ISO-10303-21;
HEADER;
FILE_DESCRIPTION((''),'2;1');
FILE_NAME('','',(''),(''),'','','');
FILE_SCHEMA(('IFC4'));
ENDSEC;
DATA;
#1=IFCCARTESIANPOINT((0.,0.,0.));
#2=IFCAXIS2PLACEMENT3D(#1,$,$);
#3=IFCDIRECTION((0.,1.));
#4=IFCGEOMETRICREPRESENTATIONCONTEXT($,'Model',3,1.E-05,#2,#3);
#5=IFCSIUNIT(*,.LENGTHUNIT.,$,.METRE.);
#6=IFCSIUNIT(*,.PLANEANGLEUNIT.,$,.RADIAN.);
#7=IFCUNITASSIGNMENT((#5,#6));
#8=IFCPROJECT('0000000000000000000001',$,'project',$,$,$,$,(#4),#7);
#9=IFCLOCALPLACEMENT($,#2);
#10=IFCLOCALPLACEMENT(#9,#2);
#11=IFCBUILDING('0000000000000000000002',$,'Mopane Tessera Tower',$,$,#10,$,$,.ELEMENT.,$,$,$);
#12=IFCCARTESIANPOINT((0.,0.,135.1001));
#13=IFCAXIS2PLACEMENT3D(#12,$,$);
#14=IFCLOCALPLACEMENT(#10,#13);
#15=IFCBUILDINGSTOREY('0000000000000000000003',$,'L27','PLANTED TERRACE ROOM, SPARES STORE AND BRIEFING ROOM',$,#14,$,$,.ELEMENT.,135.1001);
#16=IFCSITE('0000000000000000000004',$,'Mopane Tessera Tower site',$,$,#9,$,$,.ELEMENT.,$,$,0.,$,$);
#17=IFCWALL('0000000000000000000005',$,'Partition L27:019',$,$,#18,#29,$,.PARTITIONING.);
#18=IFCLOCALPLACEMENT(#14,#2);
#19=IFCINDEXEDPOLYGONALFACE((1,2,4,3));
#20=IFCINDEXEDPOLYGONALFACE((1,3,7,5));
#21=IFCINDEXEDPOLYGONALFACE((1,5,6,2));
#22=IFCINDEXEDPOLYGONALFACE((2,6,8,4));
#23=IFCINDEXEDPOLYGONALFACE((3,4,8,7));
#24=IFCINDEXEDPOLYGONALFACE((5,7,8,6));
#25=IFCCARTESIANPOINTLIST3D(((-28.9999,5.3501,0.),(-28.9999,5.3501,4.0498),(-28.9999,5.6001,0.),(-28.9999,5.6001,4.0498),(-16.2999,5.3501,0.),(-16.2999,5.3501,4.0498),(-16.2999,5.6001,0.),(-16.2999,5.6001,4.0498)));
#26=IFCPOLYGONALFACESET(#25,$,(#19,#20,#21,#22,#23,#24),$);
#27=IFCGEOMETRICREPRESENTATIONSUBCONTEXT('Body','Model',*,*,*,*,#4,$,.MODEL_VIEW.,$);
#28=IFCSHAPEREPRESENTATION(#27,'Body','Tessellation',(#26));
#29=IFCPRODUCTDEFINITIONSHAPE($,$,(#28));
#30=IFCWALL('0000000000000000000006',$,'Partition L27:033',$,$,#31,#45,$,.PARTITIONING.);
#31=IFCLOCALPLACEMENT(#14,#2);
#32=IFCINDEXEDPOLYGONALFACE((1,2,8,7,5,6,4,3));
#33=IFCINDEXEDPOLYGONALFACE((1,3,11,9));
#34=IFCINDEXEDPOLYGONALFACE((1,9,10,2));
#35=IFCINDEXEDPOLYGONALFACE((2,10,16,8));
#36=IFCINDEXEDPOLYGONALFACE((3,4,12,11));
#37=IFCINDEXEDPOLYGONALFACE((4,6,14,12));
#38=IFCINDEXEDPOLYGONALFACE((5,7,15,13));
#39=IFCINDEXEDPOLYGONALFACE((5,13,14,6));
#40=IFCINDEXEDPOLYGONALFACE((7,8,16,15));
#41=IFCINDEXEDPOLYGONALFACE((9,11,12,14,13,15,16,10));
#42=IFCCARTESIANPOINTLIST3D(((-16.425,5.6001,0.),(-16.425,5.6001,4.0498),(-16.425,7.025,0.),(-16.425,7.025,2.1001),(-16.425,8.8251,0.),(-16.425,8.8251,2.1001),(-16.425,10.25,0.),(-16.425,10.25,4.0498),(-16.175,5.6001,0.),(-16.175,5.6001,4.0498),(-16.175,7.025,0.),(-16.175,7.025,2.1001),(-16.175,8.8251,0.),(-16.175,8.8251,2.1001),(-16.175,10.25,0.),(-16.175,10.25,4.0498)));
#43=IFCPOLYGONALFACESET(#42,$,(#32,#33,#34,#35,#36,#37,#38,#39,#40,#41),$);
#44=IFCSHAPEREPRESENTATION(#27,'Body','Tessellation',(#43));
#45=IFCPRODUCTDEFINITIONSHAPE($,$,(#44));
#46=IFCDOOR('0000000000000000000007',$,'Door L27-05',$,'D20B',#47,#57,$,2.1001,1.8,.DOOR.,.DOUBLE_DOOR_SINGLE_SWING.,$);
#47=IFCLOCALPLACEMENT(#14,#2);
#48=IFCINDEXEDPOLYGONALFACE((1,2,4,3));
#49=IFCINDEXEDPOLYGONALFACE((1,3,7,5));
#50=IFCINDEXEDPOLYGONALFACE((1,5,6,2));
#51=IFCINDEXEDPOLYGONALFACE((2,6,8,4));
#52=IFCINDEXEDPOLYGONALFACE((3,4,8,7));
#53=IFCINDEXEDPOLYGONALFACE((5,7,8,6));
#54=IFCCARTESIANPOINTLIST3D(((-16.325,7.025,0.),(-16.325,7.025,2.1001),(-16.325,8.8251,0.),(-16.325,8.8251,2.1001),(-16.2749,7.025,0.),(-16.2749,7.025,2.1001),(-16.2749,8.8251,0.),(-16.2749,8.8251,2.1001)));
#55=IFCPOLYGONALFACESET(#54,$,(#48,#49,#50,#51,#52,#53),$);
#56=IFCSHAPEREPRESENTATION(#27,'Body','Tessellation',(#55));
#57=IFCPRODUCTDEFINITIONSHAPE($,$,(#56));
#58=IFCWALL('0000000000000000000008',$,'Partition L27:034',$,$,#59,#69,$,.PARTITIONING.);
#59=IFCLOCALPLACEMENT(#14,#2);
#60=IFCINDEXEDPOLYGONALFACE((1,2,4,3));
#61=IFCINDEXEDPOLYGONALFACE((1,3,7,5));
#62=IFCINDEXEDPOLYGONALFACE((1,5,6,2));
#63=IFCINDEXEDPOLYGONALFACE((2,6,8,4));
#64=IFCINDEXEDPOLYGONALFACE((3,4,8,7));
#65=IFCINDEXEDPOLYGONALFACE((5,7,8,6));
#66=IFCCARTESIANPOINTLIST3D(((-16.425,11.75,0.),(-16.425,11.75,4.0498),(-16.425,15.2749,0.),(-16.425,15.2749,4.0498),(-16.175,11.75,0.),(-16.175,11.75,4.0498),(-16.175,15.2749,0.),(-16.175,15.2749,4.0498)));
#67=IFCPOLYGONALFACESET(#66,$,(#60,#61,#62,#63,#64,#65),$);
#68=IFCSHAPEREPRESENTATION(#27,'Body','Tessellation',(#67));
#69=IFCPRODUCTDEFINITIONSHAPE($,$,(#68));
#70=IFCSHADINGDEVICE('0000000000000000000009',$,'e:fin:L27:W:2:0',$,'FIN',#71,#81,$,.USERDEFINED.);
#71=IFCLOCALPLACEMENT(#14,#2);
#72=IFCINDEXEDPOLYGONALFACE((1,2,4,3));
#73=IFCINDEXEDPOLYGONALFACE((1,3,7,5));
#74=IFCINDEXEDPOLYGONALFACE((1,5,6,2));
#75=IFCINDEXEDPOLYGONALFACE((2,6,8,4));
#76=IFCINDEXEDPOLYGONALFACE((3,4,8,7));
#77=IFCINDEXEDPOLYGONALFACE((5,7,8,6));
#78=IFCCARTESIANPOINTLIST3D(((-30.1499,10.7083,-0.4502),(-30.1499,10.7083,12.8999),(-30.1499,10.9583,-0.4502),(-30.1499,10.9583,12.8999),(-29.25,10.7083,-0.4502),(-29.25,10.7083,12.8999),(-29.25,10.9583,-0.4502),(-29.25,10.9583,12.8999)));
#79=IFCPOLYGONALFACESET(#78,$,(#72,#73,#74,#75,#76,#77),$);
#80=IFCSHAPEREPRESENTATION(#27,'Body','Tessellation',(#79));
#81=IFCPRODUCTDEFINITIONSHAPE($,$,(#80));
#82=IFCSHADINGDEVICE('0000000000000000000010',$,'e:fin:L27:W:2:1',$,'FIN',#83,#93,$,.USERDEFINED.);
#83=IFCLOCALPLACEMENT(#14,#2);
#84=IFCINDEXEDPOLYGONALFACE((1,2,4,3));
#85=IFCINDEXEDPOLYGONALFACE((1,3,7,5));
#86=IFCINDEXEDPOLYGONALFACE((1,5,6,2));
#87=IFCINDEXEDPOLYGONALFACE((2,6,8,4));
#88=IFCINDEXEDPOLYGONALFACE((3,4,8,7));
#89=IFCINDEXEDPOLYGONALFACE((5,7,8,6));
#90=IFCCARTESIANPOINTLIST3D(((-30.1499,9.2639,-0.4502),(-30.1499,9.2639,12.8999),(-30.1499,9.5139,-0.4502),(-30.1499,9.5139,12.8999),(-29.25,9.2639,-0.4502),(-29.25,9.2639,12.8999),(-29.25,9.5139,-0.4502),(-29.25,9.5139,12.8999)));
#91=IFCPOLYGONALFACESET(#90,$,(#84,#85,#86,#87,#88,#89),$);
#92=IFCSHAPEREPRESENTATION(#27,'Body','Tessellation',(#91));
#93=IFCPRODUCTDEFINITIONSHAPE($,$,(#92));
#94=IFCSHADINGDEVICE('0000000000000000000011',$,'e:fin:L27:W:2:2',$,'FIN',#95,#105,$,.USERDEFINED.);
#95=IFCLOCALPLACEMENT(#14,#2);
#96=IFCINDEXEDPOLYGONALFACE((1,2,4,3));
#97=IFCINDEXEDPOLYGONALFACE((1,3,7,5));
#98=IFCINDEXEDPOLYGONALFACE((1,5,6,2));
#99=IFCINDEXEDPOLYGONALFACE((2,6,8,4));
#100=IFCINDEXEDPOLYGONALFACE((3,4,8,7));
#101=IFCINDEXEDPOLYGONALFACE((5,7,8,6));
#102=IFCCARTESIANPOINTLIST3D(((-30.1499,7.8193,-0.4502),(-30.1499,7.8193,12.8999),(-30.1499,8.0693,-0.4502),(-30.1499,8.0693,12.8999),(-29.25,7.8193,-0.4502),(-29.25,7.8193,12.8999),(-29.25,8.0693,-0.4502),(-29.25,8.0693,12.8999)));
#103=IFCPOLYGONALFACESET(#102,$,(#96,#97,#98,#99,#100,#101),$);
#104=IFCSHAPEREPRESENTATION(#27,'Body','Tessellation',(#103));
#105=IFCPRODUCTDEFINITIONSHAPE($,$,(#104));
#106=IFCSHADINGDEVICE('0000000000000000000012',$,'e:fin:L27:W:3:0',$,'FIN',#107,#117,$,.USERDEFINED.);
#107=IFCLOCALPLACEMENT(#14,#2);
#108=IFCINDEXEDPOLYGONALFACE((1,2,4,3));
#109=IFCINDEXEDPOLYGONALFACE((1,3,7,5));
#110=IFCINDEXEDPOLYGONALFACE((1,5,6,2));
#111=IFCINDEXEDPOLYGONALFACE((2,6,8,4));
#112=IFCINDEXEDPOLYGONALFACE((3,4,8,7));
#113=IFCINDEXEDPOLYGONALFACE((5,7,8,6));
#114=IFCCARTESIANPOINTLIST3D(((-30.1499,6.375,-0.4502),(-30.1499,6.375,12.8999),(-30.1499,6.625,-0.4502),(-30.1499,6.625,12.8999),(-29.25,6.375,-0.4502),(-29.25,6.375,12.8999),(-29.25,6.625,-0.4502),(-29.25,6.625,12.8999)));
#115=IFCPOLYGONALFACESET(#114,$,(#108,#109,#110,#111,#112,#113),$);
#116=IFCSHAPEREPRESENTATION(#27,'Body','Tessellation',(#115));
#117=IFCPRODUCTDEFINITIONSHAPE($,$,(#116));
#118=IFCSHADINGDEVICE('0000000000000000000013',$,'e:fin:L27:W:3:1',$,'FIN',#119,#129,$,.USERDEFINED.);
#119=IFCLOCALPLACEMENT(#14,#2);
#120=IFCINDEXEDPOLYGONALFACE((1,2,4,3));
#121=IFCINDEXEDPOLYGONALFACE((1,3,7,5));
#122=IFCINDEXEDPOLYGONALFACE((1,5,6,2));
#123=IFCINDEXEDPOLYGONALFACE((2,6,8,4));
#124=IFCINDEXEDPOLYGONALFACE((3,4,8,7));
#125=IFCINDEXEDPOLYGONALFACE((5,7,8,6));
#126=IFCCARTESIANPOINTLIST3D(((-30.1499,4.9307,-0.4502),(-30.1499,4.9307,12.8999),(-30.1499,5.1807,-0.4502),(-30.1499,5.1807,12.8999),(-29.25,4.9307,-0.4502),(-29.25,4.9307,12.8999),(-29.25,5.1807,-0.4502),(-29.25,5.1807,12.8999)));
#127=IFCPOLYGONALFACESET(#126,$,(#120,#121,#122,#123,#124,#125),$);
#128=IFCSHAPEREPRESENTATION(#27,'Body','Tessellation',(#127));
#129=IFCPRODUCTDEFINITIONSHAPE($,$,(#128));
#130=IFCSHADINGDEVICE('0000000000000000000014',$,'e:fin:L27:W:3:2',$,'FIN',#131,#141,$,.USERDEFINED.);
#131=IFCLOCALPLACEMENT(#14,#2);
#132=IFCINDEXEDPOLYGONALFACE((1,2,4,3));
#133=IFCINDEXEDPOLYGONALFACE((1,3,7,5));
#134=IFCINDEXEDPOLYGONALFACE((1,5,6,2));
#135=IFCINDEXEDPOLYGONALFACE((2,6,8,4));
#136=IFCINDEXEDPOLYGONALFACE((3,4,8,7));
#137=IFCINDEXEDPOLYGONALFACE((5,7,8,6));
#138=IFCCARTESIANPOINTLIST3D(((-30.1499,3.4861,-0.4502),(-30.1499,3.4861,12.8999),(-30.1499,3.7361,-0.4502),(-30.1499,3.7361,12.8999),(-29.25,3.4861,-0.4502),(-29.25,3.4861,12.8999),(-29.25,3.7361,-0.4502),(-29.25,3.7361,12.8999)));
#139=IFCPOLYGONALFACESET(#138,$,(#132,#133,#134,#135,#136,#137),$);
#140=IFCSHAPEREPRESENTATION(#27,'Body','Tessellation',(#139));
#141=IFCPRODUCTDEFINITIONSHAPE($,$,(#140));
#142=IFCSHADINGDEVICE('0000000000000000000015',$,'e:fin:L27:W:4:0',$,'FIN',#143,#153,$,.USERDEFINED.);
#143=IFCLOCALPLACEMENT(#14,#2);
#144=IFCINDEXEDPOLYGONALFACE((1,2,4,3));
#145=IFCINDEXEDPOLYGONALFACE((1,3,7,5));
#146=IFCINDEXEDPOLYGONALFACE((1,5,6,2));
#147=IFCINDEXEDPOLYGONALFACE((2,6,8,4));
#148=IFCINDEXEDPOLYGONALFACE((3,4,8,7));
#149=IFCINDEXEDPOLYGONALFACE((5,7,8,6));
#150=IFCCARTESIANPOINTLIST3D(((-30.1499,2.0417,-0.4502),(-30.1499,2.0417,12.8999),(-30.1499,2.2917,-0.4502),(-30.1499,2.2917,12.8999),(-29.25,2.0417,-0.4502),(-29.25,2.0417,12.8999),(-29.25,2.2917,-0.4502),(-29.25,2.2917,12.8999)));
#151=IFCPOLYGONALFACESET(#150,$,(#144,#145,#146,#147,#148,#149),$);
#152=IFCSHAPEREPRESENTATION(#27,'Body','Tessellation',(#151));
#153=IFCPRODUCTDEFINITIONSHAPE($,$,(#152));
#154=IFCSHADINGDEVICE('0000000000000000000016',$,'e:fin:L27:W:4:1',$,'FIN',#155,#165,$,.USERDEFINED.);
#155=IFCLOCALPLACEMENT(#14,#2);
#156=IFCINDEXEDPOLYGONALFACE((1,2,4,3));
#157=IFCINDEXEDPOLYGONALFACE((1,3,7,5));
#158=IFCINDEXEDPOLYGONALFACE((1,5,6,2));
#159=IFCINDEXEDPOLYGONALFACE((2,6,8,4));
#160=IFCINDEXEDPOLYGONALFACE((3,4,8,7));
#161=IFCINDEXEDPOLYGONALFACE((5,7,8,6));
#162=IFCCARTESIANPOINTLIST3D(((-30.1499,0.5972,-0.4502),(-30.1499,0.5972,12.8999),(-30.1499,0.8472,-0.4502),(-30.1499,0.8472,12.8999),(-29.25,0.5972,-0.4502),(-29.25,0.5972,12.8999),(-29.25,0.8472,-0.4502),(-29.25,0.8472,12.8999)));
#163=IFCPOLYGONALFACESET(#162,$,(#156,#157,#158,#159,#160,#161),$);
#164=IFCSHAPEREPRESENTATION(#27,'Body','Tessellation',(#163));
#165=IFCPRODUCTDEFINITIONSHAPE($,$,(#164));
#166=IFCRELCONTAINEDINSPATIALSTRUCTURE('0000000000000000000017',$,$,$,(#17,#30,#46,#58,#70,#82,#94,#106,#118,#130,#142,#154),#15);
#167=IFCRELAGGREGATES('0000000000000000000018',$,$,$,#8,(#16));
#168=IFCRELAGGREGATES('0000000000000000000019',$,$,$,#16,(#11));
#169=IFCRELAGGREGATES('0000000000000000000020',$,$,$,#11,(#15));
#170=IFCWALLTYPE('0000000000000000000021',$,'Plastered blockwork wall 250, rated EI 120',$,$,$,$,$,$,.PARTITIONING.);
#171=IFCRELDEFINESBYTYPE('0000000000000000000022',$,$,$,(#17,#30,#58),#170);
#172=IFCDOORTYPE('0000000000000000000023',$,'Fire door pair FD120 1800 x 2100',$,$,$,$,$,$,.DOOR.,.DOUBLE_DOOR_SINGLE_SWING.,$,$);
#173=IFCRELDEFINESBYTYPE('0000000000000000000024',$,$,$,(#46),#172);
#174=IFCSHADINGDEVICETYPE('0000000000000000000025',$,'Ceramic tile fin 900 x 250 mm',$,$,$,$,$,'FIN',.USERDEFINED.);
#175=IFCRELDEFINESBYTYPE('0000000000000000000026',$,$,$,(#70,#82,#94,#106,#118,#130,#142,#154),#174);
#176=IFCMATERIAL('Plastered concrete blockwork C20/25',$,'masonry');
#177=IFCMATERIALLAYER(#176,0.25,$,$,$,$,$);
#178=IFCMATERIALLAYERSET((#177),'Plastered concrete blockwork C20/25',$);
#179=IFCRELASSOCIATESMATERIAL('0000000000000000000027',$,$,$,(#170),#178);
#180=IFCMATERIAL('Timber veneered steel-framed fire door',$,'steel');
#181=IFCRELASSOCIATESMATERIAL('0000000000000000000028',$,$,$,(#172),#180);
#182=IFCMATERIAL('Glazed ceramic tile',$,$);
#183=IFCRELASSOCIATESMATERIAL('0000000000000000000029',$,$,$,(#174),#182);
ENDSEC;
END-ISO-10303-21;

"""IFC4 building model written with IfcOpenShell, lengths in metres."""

from ifc_helpers import new_model, si_unit, direction, frame, frame_2d, origin, origin_2d, place, context, subcontext, project, spatial, rectangle, extrude, material, layer, layer_set, type_object, element, fill, save


model = new_model("IFC4")

# Units and contexts
model_context = context("Model", 3, precision=1e-05, world=origin(), true_north=direction((0.0, 1.0)))
body_context = subcontext(model_context, "Body", "Model", "MODEL_VIEW")
ifc_project = project(units=[si_unit("LENGTHUNIT", "METRE"), si_unit("PLANEANGLEUNIT", "RADIAN")], contexts=[model_context])

# Site, building, storey
site_placement = place(None, origin())
site = spatial("IfcSite", under=ifc_project, at=site_placement, Name="Mopane Tessera Tower site", CompositionType="ELEMENT", RefElevation=0.0)
building_placement = place(site_placement, origin())
building = spatial("IfcBuilding", under=site, at=building_placement, Name="Mopane Tessera Tower", CompositionType="ELEMENT")
storey_placement = place(building_placement, frame((0.0, 0.0, 135.1001)))
storey = spatial("IfcBuildingStorey", under=building, at=storey_placement, Name="L27", Description="PLANTED TERRACE ROOM, SPARES STORE AND BRIEFING ROOM", CompositionType="ELEMENT", Elevation=135.1001)

# Wall
ifc_material_1 = material(Name="Plastered concrete blockwork C20/25", Category="masonry")
ifc_layer_1 = layer(ifc_material_1, 0.25)
ifc_layer_set_1 = layer_set([ifc_layer_1], Name="Plastered concrete blockwork C20/25")
wall_type_1 = type_object("IfcWallType", Name="Plastered blockwork wall 250, rated EI 120", PredefinedType="PARTITIONING", material=ifc_layer_set_1)
wall_1_placement = place(storey_placement, frame((-29.0, 5.4751, 0.0), z_axis=(0.0, 0.0, 1.0), x_axis=(1.0, 0.0, 0.0)))
element("IfcWall", 1, at=wall_1_placement, inside=storey, type_object=wall_type_1, Name="Partition L27:019", PredefinedType="PARTITIONING", context=body_context, shape_type="SweptSolid", body=[
    extrude(rectangle(XDim=12.7, YDim=0.25, at=frame_2d((6.3501, 0.0))), origin(), (0.0, 0.0, 1.0), 4.0498),
])

# Wall, opening, door
wall_2_placement = place(storey_placement, frame((-16.3, 5.6001, 0.0), z_axis=(0.0, 0.0, 1.0), x_axis=(0.0, 1.0, 0.0)))
wall_2 = element("IfcWall", 2, at=wall_2_placement, inside=storey, type_object=wall_type_1, Name="Partition L27:033", PredefinedType="PARTITIONING", context=body_context, shape_type="SweptSolid", body=[
    extrude(rectangle(XDim=4.6499, YDim=0.25, at=frame_2d((2.325, 0.0))), origin(), (0.0, 0.0, 1.0), 4.0498),
])
opening_1_placement = place(wall_2_placement, frame((1.425, 0.0, 0.0)))
opening_1 = element("IfcOpeningElement", 3, at=opening_1_placement, cuts=wall_2, PredefinedType="OPENING", context=body_context, shape_type="SweptSolid", body=[
    extrude(rectangle(XDim=1.8, YDim=2.1001, at=frame_2d((0.8999, 1.05))), frame((0.0, 0.137, 0.0), z_axis=(0.0, -1.0, 0.0), x_axis=(1.0, 0.0, 0.0)), (0.0, 0.0, 1.0), 0.2739),
])
ifc_material_2 = material(Name="Timber veneered steel-framed fire door", Category="steel")
door_type_1 = type_object("IfcDoorType", Name="Fire door pair FD120 1800 x 2100", OperationType="DOUBLE_DOOR_SINGLE_SWING", PredefinedType="DOOR", material=ifc_material_2)
door_1_placement = place(opening_1_placement, origin())
door_1 = element("IfcDoor", 4, at=door_1_placement, inside=storey, type_object=door_type_1, Name="Door L27-05", ObjectType="D20B", OperationType="DOUBLE_DOOR_SINGLE_SWING", OverallHeight=2.1001, OverallWidth=1.8, PredefinedType="DOOR", context=body_context, shape_type="SweptSolid", body=[
    extrude(rectangle(XDim=1.8, YDim=2.1001, at=frame_2d((0.8999, 1.05))), frame((0.0, 0.0249, 0.0), z_axis=(0.0, -1.0, 0.0), x_axis=(1.0, 0.0, 0.0)), (0.0, 0.0, 1.0), 0.05),
])
fill(opening_1, door_1)

# Wall
wall_3_placement = place(storey_placement, frame((-16.3, 11.75, 0.0), z_axis=(0.0, 0.0, 1.0), x_axis=(0.0, 1.0, 0.0)))
element("IfcWall", 5, at=wall_3_placement, inside=storey, type_object=wall_type_1, Name="Partition L27:034", PredefinedType="PARTITIONING", context=body_context, shape_type="SweptSolid", body=[
    extrude(rectangle(XDim=3.5249, YDim=0.25, at=frame_2d((1.7625, 0.0))), origin(), (0.0, 0.0, 1.0), 4.0498),
])

# Shading devices
ifc_material_3 = material(Name="Glazed ceramic tile")
shading_device_type = type_object("IfcShadingDeviceType", Name="Ceramic tile fin 900 x 250 mm", ElementType="FIN", PredefinedType="USERDEFINED", material=ifc_material_3)
for number, where, z_axis, x_axis, name in (
    (6, (-29.7, 10.8333, -0.4502), (0.0, 0.0, 1.0), (0.0, -1.0, 0.0), "e:fin:L27:W:2:0"),
    (7, (-29.7, 9.3889, -0.4502), (0.0, 0.0, 1.0), (0.0, -1.0, 0.0), "e:fin:L27:W:2:1"),
    (8, (-29.7, 7.9443, -0.4502), (0.0, 0.0, 1.0), (0.0, -1.0, 0.0), "e:fin:L27:W:2:2"),
    (9, (-29.7, 6.5, -0.4502), (0.0, 0.0, 1.0), (0.0, -1.0, 0.0), "e:fin:L27:W:3:0"),
    (10, (-29.7, 5.0557, -0.4502), (0.0, 0.0, 1.0), (0.0, -1.0, 0.0), "e:fin:L27:W:3:1"),
    (11, (-29.7, 3.6111, -0.4502), (0.0, 0.0, 1.0), (0.0, -1.0, 0.0), "e:fin:L27:W:3:2"),
    (12, (-29.7, 2.1667, -0.4502), (0.0, 0.0, 1.0), (0.0, -1.0, 0.0), "e:fin:L27:W:4:0"),
    (13, (-29.7, 0.7222, -0.4502), (0.0, 0.0, 1.0), (0.0, -1.0, 0.0), "e:fin:L27:W:4:1"),
):
    element("IfcShadingDevice", number, at=place(storey_placement, frame(where, z_axis=z_axis, x_axis=x_axis)), inside=storey, type_object=shading_device_type, Name=name, ObjectType="FIN", PredefinedType="USERDEFINED", context=body_context, shape_type="SweptSolid", body=[
        extrude(rectangle(XDim=0.25, YDim=0.8999, at=origin_2d()), origin(), (0.0, 0.0, 1.0), 13.3501),
    ])

save(model, "model.ifc")
